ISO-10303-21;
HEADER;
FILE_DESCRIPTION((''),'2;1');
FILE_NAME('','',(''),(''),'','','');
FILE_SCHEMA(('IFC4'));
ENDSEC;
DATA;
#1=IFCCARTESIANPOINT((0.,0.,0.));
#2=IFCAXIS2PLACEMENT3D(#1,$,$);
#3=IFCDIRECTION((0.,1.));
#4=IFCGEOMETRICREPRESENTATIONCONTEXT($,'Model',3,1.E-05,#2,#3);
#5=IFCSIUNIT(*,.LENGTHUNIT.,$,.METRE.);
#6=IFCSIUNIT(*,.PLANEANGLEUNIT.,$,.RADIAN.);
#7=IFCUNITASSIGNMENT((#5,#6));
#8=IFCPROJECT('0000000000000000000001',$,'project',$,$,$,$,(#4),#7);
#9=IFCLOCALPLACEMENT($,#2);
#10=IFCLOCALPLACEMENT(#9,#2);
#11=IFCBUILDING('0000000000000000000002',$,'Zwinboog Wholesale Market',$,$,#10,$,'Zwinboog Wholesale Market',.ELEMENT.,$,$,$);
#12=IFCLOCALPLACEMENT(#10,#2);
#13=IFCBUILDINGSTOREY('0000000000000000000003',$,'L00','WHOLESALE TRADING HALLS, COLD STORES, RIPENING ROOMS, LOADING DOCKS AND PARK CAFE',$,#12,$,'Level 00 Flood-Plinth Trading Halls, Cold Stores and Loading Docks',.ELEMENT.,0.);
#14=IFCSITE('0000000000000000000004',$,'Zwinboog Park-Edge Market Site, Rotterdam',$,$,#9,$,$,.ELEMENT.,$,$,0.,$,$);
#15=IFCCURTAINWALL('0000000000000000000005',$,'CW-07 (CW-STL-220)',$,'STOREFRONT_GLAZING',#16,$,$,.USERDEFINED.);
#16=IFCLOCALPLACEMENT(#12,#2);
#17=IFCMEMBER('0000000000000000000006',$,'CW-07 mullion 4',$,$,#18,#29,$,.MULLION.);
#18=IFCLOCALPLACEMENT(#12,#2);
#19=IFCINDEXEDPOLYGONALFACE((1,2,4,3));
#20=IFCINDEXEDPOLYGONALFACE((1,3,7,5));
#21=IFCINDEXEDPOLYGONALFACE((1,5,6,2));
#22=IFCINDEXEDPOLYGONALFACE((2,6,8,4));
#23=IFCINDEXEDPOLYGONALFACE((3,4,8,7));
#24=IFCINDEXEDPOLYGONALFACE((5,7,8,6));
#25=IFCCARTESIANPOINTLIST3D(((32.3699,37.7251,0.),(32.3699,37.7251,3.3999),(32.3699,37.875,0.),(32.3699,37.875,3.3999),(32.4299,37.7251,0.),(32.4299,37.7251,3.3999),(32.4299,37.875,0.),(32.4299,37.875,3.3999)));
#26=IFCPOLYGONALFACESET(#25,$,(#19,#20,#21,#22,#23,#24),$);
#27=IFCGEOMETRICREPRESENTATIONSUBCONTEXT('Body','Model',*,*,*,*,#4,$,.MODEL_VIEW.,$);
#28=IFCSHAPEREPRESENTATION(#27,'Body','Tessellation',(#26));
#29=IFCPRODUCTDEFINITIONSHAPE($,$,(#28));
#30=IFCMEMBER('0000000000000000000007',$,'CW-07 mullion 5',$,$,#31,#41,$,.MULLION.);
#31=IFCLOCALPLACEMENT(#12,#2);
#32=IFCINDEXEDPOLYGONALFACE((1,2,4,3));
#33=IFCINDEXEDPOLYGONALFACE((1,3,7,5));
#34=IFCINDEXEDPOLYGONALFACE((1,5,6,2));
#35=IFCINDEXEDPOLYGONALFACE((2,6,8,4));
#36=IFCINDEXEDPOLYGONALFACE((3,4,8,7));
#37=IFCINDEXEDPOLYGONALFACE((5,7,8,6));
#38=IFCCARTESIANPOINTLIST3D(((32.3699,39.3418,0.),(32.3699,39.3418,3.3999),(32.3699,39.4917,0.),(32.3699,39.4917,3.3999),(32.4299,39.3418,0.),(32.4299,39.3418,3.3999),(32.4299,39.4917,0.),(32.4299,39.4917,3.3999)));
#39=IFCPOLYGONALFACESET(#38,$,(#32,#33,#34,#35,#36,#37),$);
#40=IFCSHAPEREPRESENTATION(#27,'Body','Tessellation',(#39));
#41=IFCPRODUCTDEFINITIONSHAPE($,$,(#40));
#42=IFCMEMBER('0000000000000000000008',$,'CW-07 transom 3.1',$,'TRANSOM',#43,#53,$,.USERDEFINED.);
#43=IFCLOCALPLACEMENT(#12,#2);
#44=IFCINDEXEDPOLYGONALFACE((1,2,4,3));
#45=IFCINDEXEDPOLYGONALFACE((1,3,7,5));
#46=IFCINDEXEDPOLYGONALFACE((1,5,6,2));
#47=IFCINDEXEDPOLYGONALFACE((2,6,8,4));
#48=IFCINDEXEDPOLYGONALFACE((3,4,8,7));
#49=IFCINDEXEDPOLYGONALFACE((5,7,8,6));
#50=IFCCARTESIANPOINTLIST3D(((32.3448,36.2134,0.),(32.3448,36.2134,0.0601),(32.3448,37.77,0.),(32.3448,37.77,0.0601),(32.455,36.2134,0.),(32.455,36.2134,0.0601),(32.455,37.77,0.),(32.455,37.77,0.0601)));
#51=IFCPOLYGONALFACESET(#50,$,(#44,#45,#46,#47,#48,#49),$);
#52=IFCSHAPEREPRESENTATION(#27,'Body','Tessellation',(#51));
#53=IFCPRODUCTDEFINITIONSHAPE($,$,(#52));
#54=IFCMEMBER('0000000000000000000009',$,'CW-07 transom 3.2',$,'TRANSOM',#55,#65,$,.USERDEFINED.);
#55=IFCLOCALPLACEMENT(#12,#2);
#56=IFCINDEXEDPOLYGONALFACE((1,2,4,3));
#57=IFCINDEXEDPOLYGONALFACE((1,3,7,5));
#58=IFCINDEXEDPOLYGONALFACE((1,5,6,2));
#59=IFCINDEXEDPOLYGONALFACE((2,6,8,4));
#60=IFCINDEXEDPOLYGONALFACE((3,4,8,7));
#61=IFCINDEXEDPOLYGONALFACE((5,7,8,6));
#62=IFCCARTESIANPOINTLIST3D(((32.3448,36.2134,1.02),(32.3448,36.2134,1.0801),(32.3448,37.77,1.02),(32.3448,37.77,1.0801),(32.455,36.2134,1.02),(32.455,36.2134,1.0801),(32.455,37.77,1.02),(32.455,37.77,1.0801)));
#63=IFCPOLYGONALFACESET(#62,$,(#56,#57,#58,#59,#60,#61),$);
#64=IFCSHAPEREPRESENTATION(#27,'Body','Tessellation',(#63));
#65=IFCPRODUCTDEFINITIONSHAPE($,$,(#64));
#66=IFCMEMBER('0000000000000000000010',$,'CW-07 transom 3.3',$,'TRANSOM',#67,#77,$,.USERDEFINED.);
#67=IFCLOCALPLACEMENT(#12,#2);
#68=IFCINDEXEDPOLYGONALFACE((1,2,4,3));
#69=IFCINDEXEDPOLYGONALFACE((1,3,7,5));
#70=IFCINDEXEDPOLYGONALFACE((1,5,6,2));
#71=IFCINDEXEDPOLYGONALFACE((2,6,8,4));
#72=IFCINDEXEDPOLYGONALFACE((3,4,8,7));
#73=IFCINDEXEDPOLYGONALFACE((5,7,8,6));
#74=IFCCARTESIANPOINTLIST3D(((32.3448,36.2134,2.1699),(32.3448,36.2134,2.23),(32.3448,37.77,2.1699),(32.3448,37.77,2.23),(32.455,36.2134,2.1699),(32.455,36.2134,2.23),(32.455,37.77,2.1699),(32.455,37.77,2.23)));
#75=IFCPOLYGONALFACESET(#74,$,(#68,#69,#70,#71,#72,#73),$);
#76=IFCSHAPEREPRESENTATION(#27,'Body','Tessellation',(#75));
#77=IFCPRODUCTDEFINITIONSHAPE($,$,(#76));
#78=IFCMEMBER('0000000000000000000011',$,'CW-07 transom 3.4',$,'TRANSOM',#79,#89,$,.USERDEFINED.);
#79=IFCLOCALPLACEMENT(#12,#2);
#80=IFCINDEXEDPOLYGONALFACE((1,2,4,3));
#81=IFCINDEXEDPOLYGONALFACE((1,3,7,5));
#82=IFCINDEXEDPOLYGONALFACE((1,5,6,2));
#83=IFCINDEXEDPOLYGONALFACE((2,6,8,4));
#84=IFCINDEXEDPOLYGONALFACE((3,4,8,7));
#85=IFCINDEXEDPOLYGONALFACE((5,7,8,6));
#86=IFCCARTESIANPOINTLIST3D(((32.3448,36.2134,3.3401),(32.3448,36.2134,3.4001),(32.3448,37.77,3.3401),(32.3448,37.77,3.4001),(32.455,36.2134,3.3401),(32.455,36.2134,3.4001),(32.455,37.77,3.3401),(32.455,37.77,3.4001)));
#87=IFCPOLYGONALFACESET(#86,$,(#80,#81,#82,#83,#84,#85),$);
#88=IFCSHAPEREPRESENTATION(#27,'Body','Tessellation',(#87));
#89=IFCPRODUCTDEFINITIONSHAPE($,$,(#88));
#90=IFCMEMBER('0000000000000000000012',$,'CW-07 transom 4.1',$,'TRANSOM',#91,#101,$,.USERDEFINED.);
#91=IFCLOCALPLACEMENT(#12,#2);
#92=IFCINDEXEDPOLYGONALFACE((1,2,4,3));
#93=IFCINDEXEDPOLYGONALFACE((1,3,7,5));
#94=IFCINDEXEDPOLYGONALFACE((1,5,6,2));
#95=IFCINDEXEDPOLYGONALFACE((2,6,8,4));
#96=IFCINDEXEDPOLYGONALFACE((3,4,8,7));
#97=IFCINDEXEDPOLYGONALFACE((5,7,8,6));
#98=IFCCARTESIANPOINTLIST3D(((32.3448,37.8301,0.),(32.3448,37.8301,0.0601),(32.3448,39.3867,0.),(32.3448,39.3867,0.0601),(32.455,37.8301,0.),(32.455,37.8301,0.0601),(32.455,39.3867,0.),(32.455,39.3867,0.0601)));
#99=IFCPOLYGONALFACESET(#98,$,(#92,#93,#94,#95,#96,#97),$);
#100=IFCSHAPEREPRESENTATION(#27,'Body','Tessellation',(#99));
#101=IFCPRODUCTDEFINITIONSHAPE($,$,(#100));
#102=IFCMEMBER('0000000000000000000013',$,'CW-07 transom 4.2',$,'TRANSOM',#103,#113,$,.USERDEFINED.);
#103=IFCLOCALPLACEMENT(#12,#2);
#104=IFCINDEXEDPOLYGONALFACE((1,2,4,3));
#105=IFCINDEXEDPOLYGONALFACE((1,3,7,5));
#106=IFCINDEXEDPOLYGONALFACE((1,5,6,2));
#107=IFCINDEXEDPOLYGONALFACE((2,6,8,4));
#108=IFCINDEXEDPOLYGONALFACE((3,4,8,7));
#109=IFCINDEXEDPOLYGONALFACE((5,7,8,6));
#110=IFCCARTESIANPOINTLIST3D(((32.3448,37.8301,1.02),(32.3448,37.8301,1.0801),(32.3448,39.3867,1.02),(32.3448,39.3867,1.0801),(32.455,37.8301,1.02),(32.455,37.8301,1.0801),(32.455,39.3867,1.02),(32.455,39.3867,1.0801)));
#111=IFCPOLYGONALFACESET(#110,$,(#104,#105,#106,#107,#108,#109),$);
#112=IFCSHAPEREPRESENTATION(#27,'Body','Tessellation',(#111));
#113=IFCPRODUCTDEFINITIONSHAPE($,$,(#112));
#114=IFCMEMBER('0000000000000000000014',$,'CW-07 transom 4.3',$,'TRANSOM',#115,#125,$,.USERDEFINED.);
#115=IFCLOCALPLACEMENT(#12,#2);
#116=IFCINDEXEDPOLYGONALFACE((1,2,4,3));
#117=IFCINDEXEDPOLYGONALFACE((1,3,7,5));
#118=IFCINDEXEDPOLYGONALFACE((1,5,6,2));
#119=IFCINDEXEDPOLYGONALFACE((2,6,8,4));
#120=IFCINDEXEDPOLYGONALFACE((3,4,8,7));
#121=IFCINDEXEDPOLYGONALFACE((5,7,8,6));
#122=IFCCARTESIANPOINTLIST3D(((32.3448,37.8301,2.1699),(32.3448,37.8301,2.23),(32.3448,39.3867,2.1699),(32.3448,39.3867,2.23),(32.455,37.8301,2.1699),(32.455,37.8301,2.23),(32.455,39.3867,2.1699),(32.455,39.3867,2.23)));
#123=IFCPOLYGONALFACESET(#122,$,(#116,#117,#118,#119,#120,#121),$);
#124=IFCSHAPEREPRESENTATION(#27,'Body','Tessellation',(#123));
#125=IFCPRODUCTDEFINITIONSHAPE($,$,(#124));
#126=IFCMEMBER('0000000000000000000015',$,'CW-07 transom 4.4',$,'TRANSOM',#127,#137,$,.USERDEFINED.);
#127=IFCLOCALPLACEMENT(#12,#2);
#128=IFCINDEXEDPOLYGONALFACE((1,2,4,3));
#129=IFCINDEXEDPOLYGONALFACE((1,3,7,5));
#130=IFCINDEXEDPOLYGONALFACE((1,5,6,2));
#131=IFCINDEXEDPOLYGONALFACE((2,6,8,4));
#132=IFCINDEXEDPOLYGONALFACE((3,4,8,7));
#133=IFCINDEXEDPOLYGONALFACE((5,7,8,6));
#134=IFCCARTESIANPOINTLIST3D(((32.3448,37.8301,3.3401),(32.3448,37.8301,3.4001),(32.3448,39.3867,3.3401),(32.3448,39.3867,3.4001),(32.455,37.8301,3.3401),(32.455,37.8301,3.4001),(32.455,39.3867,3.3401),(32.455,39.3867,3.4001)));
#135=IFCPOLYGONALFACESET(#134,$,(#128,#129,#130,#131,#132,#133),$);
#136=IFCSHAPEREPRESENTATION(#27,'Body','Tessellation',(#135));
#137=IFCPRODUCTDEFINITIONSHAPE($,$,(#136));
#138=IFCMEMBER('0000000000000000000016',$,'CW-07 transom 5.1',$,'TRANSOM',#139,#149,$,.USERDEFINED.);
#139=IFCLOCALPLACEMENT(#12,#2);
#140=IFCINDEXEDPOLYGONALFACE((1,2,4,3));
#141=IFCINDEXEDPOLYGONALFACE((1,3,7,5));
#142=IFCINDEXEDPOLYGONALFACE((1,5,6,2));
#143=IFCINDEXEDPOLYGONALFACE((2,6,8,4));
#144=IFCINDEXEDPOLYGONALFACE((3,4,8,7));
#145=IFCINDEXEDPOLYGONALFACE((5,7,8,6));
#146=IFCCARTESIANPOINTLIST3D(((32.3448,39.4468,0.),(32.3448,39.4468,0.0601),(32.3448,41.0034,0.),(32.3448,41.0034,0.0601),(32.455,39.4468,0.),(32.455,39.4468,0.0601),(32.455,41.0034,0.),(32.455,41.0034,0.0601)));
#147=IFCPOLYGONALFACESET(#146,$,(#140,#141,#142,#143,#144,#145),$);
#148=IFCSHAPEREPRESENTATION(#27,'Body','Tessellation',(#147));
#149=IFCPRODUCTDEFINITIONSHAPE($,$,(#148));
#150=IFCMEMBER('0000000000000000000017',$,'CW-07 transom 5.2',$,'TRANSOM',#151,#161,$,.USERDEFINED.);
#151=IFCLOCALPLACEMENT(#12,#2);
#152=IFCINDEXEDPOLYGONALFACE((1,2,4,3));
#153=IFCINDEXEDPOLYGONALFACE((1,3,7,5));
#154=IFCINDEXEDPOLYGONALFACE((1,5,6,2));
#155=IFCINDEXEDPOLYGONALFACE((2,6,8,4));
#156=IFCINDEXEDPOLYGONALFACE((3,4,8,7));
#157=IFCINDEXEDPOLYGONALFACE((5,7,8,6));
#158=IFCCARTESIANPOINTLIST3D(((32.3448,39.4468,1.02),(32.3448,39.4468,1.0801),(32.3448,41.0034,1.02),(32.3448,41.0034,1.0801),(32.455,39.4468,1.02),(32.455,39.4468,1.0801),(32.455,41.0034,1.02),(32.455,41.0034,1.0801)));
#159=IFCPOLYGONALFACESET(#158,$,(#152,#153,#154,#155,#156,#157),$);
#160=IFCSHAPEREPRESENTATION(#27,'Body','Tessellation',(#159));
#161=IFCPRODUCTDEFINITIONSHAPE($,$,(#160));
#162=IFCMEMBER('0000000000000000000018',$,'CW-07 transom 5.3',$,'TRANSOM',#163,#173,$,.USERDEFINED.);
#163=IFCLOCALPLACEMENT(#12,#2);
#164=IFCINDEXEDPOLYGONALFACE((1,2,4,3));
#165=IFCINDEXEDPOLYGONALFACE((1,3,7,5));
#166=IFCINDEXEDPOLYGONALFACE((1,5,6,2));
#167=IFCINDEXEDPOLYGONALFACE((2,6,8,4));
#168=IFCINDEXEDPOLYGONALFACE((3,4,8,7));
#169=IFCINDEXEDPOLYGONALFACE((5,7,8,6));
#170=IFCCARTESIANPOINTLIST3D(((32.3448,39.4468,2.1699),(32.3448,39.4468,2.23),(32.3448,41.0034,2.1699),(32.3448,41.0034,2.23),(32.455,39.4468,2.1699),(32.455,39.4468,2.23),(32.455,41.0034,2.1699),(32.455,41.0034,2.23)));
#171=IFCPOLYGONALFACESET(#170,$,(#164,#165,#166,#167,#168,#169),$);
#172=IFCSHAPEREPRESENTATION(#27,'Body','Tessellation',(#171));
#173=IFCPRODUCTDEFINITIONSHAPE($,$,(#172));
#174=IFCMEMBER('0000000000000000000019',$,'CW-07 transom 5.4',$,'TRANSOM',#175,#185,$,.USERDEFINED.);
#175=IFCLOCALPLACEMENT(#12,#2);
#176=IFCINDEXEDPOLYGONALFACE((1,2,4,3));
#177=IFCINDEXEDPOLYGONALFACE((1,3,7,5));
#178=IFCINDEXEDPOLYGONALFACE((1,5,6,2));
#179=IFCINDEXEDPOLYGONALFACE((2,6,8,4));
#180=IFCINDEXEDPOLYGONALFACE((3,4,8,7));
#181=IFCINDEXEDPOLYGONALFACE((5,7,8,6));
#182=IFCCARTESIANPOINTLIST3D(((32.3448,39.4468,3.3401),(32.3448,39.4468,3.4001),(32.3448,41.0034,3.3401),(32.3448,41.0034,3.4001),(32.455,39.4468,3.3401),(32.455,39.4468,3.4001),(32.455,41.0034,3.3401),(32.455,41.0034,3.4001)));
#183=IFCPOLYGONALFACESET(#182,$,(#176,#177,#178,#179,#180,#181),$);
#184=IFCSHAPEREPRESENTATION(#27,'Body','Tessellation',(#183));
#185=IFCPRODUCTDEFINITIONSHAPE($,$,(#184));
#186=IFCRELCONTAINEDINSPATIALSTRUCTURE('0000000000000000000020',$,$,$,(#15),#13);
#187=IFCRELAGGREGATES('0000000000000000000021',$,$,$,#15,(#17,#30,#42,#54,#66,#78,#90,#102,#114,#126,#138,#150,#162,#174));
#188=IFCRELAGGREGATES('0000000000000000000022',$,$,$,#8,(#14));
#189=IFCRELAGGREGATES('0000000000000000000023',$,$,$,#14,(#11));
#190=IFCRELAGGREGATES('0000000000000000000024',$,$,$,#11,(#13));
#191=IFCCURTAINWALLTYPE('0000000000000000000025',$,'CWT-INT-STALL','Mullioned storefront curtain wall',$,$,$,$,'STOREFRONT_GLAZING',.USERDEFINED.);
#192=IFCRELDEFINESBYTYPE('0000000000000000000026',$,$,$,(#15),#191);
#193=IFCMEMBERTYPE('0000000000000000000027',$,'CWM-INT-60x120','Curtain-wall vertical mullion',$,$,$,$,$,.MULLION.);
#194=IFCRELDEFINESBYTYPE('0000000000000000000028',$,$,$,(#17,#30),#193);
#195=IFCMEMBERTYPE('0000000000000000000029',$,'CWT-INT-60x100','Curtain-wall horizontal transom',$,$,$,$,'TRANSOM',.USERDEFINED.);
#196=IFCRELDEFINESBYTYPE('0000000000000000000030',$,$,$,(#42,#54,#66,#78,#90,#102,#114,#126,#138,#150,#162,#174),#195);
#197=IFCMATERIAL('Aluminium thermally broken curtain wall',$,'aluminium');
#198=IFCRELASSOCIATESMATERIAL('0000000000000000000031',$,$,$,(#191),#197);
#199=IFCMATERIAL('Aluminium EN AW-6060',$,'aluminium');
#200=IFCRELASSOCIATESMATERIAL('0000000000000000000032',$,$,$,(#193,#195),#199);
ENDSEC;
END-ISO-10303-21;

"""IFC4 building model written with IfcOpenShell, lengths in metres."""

from ifc_helpers import new_model, si_unit, direction, frame, origin, origin_2d, place, context, subcontext, project, spatial, rectangle, extrude, material, material_profile, profile_set, type_object, element, aggregate, save


model = new_model("IFC4")

# Units and contexts
model_context = context("Model", 3, precision=1e-05, world=origin(), true_north=direction((0.0, 1.0)))
body_context = subcontext(model_context, "Body", "Model", "MODEL_VIEW")
ifc_project = project(units=[si_unit("LENGTHUNIT", "METRE"), si_unit("PLANEANGLEUNIT", "RADIAN")], contexts=[model_context])

# Site, building, storey
site_placement = place(None, origin())
site = spatial("IfcSite", under=ifc_project, at=site_placement, Name="Zwinboog Park-Edge Market Site, Rotterdam", CompositionType="ELEMENT", RefElevation=0.0)
building_placement = place(site_placement, origin())
building = spatial("IfcBuilding", under=site, at=building_placement, Name="Zwinboog Wholesale Market", LongName="Zwinboog Wholesale Market", CompositionType="ELEMENT")
storey_placement = place(building_placement, origin())
storey = spatial("IfcBuildingStorey", under=building, at=storey_placement, Name="L00", Description="WHOLESALE TRADING HALLS, COLD STORES, RIPENING ROOMS, LOADING DOCKS AND PARK CAFE", LongName="Level 00 Flood-Plinth Trading Halls, Cold Stores and Loading Docks", CompositionType="ELEMENT", Elevation=0.0)

# Curtain wall, members
ifc_material_1 = material(Name="Aluminium thermally broken curtain wall", Category="aluminium")
curtain_wall_type = type_object("IfcCurtainWallType", Name="CWT-INT-STALL", Description="Mullioned storefront curtain wall", ElementType="STOREFRONT_GLAZING", PredefinedType="USERDEFINED", material=ifc_material_1)
curtain_wall_placement = place(storey_placement, origin())
curtain_wall = element("IfcCurtainWall", 1, at=curtain_wall_placement, inside=storey, type_object=curtain_wall_type, Name="CW-07 (CW-STL-220)", ObjectType="STOREFRONT_GLAZING", PredefinedType="USERDEFINED")
ifc_material_2 = material(Name="Aluminium EN AW-6060", Category="aluminium")
ifc_material_profile_1 = material_profile(ifc_material_2, rectangle(XDim=0.0601, YDim=0.1499, at=origin_2d()), Name="AL 60x150")
ifc_profile_set_1 = profile_set([ifc_material_profile_1], Name="Aluminium EN AW-6060")
member_type_1 = type_object("IfcMemberType", Name="CWM-INT-60x120", Description="Curtain-wall vertical mullion", PredefinedType="MULLION", material=ifc_profile_set_1)
member_1_placement = place(storey_placement, frame((32.3999, 37.8, 0.0), z_axis=(0.0, 0.0, 1.0), x_axis=(-1.0, 0.0, 0.0)))
member_1 = element("IfcMember", 2, at=member_1_placement, type_object=member_type_1, Name="CW-07 mullion 4", PredefinedType="MULLION", context=body_context, shape_type="SweptSolid", body=[
    extrude(rectangle(XDim=0.0601, YDim=0.1499, at=origin_2d()), origin(), (0.0, 0.0, 1.0), 3.3999),
])
member_2_placement = place(storey_placement, frame((32.3999, 39.4167, 0.0), z_axis=(0.0, 0.0, 1.0), x_axis=(-1.0, 0.0, 0.0)))
member_2 = element("IfcMember", 3, at=member_2_placement, type_object=member_type_1, Name="CW-07 mullion 5", PredefinedType="MULLION", context=body_context, shape_type="SweptSolid", body=[
    extrude(rectangle(XDim=0.0601, YDim=0.1499, at=origin_2d()), origin(), (0.0, 0.0, 1.0), 3.3999),
])
ifc_material_profile_2 = material_profile(ifc_material_2, rectangle(XDim=0.1101, YDim=0.0601, at=origin_2d()), Name="AL 60x110")
ifc_profile_set_2 = profile_set([ifc_material_profile_2], Name="Aluminium EN AW-6060")
member_type_2 = type_object("IfcMemberType", Name="CWT-INT-60x100", Description="Curtain-wall horizontal transom", ElementType="TRANSOM", PredefinedType="USERDEFINED", material=ifc_profile_set_2)
member_3_placement = place(storey_placement, frame((32.3999, 36.2134, 0.03), z_axis=(0.0, 1.0, 0.0), x_axis=(-1.0, 0.0, 0.0)))
member_3 = element("IfcMember", 4, at=member_3_placement, type_object=member_type_2, Name="CW-07 transom 3.1", ObjectType="TRANSOM", PredefinedType="USERDEFINED", context=body_context, shape_type="SweptSolid", body=[
    extrude(rectangle(XDim=0.1101, YDim=0.0601, at=origin_2d()), origin(), (0.0, 0.0, 1.0), 1.5566),
])
member_4_placement = place(storey_placement, frame((32.3999, 36.2134, 1.05), z_axis=(0.0, 1.0, 0.0), x_axis=(-1.0, 0.0, 0.0)))
member_4 = element("IfcMember", 5, at=member_4_placement, type_object=member_type_2, Name="CW-07 transom 3.2", ObjectType="TRANSOM", PredefinedType="USERDEFINED", context=body_context, shape_type="SweptSolid", body=[
    extrude(rectangle(XDim=0.1101, YDim=0.0601, at=origin_2d()), origin(), (0.0, 0.0, 1.0), 1.5566),
])
member_5_placement = place(storey_placement, frame((32.3999, 36.2134, 2.2), z_axis=(0.0, 1.0, 0.0), x_axis=(-1.0, 0.0, 0.0)))
member_5 = element("IfcMember", 6, at=member_5_placement, type_object=member_type_2, Name="CW-07 transom 3.3", ObjectType="TRANSOM", PredefinedType="USERDEFINED", context=body_context, shape_type="SweptSolid", body=[
    extrude(rectangle(XDim=0.1101, YDim=0.0601, at=origin_2d()), origin(), (0.0, 0.0, 1.0), 1.5566),
])
member_6_placement = place(storey_placement, frame((32.3999, 36.2134, 3.3701), z_axis=(0.0, 1.0, 0.0), x_axis=(-1.0, 0.0, 0.0)))
member_6 = element("IfcMember", 7, at=member_6_placement, type_object=member_type_2, Name="CW-07 transom 3.4", ObjectType="TRANSOM", PredefinedType="USERDEFINED", context=body_context, shape_type="SweptSolid", body=[
    extrude(rectangle(XDim=0.1101, YDim=0.0601, at=origin_2d()), origin(), (0.0, 0.0, 1.0), 1.5566),
])
member_7_placement = place(storey_placement, frame((32.3999, 37.8301, 0.03), z_axis=(0.0, 1.0, 0.0), x_axis=(-1.0, 0.0, 0.0)))
member_7 = element("IfcMember", 8, at=member_7_placement, type_object=member_type_2, Name="CW-07 transom 4.1", ObjectType="TRANSOM", PredefinedType="USERDEFINED", context=body_context, shape_type="SweptSolid", body=[
    extrude(rectangle(XDim=0.1101, YDim=0.0601, at=origin_2d()), origin(), (0.0, 0.0, 1.0), 1.5566),
])
member_8_placement = place(storey_placement, frame((32.3999, 37.8301, 1.05), z_axis=(0.0, 1.0, 0.0), x_axis=(-1.0, 0.0, 0.0)))
member_8 = element("IfcMember", 9, at=member_8_placement, type_object=member_type_2, Name="CW-07 transom 4.2", ObjectType="TRANSOM", PredefinedType="USERDEFINED", context=body_context, shape_type="SweptSolid", body=[
    extrude(rectangle(XDim=0.1101, YDim=0.0601, at=origin_2d()), origin(), (0.0, 0.0, 1.0), 1.5566),
])
member_9_placement = place(storey_placement, frame((32.3999, 37.8301, 2.2), z_axis=(0.0, 1.0, 0.0), x_axis=(-1.0, 0.0, 0.0)))
member_9 = element("IfcMember", 10, at=member_9_placement, type_object=member_type_2, Name="CW-07 transom 4.3", ObjectType="TRANSOM", PredefinedType="USERDEFINED", context=body_context, shape_type="SweptSolid", body=[
    extrude(rectangle(XDim=0.1101, YDim=0.0601, at=origin_2d()), origin(), (0.0, 0.0, 1.0), 1.5566),
])
member_10_placement = place(storey_placement, frame((32.3999, 37.8301, 3.3701), z_axis=(0.0, 1.0, 0.0), x_axis=(-1.0, 0.0, 0.0)))
member_10 = element("IfcMember", 11, at=member_10_placement, type_object=member_type_2, Name="CW-07 transom 4.4", ObjectType="TRANSOM", PredefinedType="USERDEFINED", context=body_context, shape_type="SweptSolid", body=[
    extrude(rectangle(XDim=0.1101, YDim=0.0601, at=origin_2d()), origin(), (0.0, 0.0, 1.0), 1.5566),
])
member_11_placement = place(storey_placement, frame((32.3999, 39.4468, 0.03), z_axis=(0.0, 1.0, 0.0), x_axis=(-1.0, 0.0, 0.0)))
member_11 = element("IfcMember", 12, at=member_11_placement, type_object=member_type_2, Name="CW-07 transom 5.1", ObjectType="TRANSOM", PredefinedType="USERDEFINED", context=body_context, shape_type="SweptSolid", body=[
    extrude(rectangle(XDim=0.1101, YDim=0.0601, at=origin_2d()), origin(), (0.0, 0.0, 1.0), 1.5566),
])
member_12_placement = place(storey_placement, frame((32.3999, 39.4468, 1.05), z_axis=(0.0, 1.0, 0.0), x_axis=(-1.0, 0.0, 0.0)))
member_12 = element("IfcMember", 13, at=member_12_placement, type_object=member_type_2, Name="CW-07 transom 5.2", ObjectType="TRANSOM", PredefinedType="USERDEFINED", context=body_context, shape_type="SweptSolid", body=[
    extrude(rectangle(XDim=0.1101, YDim=0.0601, at=origin_2d()), origin(), (0.0, 0.0, 1.0), 1.5566),
])
member_13_placement = place(storey_placement, frame((32.3999, 39.4468, 2.2), z_axis=(0.0, 1.0, 0.0), x_axis=(-1.0, 0.0, 0.0)))
member_13 = element("IfcMember", 14, at=member_13_placement, type_object=member_type_2, Name="CW-07 transom 5.3", ObjectType="TRANSOM", PredefinedType="USERDEFINED", context=body_context, shape_type="SweptSolid", body=[
    extrude(rectangle(XDim=0.1101, YDim=0.0601, at=origin_2d()), origin(), (0.0, 0.0, 1.0), 1.5566),
])
member_14_placement = place(storey_placement, frame((32.3999, 39.4468, 3.3701), z_axis=(0.0, 1.0, 0.0), x_axis=(-1.0, 0.0, 0.0)))
member_14 = element("IfcMember", 15, at=member_14_placement, type_object=member_type_2, Name="CW-07 transom 5.4", ObjectType="TRANSOM", PredefinedType="USERDEFINED", context=body_context, shape_type="SweptSolid", body=[
    extrude(rectangle(XDim=0.1101, YDim=0.0601, at=origin_2d()), origin(), (0.0, 0.0, 1.0), 1.5566),
])
aggregate(curtain_wall, [member_1, member_2, member_3, member_4, member_5, member_6, member_7, member_8, member_9, member_10, member_11, member_12, member_13, member_14])

save(model, "model.ifc")
